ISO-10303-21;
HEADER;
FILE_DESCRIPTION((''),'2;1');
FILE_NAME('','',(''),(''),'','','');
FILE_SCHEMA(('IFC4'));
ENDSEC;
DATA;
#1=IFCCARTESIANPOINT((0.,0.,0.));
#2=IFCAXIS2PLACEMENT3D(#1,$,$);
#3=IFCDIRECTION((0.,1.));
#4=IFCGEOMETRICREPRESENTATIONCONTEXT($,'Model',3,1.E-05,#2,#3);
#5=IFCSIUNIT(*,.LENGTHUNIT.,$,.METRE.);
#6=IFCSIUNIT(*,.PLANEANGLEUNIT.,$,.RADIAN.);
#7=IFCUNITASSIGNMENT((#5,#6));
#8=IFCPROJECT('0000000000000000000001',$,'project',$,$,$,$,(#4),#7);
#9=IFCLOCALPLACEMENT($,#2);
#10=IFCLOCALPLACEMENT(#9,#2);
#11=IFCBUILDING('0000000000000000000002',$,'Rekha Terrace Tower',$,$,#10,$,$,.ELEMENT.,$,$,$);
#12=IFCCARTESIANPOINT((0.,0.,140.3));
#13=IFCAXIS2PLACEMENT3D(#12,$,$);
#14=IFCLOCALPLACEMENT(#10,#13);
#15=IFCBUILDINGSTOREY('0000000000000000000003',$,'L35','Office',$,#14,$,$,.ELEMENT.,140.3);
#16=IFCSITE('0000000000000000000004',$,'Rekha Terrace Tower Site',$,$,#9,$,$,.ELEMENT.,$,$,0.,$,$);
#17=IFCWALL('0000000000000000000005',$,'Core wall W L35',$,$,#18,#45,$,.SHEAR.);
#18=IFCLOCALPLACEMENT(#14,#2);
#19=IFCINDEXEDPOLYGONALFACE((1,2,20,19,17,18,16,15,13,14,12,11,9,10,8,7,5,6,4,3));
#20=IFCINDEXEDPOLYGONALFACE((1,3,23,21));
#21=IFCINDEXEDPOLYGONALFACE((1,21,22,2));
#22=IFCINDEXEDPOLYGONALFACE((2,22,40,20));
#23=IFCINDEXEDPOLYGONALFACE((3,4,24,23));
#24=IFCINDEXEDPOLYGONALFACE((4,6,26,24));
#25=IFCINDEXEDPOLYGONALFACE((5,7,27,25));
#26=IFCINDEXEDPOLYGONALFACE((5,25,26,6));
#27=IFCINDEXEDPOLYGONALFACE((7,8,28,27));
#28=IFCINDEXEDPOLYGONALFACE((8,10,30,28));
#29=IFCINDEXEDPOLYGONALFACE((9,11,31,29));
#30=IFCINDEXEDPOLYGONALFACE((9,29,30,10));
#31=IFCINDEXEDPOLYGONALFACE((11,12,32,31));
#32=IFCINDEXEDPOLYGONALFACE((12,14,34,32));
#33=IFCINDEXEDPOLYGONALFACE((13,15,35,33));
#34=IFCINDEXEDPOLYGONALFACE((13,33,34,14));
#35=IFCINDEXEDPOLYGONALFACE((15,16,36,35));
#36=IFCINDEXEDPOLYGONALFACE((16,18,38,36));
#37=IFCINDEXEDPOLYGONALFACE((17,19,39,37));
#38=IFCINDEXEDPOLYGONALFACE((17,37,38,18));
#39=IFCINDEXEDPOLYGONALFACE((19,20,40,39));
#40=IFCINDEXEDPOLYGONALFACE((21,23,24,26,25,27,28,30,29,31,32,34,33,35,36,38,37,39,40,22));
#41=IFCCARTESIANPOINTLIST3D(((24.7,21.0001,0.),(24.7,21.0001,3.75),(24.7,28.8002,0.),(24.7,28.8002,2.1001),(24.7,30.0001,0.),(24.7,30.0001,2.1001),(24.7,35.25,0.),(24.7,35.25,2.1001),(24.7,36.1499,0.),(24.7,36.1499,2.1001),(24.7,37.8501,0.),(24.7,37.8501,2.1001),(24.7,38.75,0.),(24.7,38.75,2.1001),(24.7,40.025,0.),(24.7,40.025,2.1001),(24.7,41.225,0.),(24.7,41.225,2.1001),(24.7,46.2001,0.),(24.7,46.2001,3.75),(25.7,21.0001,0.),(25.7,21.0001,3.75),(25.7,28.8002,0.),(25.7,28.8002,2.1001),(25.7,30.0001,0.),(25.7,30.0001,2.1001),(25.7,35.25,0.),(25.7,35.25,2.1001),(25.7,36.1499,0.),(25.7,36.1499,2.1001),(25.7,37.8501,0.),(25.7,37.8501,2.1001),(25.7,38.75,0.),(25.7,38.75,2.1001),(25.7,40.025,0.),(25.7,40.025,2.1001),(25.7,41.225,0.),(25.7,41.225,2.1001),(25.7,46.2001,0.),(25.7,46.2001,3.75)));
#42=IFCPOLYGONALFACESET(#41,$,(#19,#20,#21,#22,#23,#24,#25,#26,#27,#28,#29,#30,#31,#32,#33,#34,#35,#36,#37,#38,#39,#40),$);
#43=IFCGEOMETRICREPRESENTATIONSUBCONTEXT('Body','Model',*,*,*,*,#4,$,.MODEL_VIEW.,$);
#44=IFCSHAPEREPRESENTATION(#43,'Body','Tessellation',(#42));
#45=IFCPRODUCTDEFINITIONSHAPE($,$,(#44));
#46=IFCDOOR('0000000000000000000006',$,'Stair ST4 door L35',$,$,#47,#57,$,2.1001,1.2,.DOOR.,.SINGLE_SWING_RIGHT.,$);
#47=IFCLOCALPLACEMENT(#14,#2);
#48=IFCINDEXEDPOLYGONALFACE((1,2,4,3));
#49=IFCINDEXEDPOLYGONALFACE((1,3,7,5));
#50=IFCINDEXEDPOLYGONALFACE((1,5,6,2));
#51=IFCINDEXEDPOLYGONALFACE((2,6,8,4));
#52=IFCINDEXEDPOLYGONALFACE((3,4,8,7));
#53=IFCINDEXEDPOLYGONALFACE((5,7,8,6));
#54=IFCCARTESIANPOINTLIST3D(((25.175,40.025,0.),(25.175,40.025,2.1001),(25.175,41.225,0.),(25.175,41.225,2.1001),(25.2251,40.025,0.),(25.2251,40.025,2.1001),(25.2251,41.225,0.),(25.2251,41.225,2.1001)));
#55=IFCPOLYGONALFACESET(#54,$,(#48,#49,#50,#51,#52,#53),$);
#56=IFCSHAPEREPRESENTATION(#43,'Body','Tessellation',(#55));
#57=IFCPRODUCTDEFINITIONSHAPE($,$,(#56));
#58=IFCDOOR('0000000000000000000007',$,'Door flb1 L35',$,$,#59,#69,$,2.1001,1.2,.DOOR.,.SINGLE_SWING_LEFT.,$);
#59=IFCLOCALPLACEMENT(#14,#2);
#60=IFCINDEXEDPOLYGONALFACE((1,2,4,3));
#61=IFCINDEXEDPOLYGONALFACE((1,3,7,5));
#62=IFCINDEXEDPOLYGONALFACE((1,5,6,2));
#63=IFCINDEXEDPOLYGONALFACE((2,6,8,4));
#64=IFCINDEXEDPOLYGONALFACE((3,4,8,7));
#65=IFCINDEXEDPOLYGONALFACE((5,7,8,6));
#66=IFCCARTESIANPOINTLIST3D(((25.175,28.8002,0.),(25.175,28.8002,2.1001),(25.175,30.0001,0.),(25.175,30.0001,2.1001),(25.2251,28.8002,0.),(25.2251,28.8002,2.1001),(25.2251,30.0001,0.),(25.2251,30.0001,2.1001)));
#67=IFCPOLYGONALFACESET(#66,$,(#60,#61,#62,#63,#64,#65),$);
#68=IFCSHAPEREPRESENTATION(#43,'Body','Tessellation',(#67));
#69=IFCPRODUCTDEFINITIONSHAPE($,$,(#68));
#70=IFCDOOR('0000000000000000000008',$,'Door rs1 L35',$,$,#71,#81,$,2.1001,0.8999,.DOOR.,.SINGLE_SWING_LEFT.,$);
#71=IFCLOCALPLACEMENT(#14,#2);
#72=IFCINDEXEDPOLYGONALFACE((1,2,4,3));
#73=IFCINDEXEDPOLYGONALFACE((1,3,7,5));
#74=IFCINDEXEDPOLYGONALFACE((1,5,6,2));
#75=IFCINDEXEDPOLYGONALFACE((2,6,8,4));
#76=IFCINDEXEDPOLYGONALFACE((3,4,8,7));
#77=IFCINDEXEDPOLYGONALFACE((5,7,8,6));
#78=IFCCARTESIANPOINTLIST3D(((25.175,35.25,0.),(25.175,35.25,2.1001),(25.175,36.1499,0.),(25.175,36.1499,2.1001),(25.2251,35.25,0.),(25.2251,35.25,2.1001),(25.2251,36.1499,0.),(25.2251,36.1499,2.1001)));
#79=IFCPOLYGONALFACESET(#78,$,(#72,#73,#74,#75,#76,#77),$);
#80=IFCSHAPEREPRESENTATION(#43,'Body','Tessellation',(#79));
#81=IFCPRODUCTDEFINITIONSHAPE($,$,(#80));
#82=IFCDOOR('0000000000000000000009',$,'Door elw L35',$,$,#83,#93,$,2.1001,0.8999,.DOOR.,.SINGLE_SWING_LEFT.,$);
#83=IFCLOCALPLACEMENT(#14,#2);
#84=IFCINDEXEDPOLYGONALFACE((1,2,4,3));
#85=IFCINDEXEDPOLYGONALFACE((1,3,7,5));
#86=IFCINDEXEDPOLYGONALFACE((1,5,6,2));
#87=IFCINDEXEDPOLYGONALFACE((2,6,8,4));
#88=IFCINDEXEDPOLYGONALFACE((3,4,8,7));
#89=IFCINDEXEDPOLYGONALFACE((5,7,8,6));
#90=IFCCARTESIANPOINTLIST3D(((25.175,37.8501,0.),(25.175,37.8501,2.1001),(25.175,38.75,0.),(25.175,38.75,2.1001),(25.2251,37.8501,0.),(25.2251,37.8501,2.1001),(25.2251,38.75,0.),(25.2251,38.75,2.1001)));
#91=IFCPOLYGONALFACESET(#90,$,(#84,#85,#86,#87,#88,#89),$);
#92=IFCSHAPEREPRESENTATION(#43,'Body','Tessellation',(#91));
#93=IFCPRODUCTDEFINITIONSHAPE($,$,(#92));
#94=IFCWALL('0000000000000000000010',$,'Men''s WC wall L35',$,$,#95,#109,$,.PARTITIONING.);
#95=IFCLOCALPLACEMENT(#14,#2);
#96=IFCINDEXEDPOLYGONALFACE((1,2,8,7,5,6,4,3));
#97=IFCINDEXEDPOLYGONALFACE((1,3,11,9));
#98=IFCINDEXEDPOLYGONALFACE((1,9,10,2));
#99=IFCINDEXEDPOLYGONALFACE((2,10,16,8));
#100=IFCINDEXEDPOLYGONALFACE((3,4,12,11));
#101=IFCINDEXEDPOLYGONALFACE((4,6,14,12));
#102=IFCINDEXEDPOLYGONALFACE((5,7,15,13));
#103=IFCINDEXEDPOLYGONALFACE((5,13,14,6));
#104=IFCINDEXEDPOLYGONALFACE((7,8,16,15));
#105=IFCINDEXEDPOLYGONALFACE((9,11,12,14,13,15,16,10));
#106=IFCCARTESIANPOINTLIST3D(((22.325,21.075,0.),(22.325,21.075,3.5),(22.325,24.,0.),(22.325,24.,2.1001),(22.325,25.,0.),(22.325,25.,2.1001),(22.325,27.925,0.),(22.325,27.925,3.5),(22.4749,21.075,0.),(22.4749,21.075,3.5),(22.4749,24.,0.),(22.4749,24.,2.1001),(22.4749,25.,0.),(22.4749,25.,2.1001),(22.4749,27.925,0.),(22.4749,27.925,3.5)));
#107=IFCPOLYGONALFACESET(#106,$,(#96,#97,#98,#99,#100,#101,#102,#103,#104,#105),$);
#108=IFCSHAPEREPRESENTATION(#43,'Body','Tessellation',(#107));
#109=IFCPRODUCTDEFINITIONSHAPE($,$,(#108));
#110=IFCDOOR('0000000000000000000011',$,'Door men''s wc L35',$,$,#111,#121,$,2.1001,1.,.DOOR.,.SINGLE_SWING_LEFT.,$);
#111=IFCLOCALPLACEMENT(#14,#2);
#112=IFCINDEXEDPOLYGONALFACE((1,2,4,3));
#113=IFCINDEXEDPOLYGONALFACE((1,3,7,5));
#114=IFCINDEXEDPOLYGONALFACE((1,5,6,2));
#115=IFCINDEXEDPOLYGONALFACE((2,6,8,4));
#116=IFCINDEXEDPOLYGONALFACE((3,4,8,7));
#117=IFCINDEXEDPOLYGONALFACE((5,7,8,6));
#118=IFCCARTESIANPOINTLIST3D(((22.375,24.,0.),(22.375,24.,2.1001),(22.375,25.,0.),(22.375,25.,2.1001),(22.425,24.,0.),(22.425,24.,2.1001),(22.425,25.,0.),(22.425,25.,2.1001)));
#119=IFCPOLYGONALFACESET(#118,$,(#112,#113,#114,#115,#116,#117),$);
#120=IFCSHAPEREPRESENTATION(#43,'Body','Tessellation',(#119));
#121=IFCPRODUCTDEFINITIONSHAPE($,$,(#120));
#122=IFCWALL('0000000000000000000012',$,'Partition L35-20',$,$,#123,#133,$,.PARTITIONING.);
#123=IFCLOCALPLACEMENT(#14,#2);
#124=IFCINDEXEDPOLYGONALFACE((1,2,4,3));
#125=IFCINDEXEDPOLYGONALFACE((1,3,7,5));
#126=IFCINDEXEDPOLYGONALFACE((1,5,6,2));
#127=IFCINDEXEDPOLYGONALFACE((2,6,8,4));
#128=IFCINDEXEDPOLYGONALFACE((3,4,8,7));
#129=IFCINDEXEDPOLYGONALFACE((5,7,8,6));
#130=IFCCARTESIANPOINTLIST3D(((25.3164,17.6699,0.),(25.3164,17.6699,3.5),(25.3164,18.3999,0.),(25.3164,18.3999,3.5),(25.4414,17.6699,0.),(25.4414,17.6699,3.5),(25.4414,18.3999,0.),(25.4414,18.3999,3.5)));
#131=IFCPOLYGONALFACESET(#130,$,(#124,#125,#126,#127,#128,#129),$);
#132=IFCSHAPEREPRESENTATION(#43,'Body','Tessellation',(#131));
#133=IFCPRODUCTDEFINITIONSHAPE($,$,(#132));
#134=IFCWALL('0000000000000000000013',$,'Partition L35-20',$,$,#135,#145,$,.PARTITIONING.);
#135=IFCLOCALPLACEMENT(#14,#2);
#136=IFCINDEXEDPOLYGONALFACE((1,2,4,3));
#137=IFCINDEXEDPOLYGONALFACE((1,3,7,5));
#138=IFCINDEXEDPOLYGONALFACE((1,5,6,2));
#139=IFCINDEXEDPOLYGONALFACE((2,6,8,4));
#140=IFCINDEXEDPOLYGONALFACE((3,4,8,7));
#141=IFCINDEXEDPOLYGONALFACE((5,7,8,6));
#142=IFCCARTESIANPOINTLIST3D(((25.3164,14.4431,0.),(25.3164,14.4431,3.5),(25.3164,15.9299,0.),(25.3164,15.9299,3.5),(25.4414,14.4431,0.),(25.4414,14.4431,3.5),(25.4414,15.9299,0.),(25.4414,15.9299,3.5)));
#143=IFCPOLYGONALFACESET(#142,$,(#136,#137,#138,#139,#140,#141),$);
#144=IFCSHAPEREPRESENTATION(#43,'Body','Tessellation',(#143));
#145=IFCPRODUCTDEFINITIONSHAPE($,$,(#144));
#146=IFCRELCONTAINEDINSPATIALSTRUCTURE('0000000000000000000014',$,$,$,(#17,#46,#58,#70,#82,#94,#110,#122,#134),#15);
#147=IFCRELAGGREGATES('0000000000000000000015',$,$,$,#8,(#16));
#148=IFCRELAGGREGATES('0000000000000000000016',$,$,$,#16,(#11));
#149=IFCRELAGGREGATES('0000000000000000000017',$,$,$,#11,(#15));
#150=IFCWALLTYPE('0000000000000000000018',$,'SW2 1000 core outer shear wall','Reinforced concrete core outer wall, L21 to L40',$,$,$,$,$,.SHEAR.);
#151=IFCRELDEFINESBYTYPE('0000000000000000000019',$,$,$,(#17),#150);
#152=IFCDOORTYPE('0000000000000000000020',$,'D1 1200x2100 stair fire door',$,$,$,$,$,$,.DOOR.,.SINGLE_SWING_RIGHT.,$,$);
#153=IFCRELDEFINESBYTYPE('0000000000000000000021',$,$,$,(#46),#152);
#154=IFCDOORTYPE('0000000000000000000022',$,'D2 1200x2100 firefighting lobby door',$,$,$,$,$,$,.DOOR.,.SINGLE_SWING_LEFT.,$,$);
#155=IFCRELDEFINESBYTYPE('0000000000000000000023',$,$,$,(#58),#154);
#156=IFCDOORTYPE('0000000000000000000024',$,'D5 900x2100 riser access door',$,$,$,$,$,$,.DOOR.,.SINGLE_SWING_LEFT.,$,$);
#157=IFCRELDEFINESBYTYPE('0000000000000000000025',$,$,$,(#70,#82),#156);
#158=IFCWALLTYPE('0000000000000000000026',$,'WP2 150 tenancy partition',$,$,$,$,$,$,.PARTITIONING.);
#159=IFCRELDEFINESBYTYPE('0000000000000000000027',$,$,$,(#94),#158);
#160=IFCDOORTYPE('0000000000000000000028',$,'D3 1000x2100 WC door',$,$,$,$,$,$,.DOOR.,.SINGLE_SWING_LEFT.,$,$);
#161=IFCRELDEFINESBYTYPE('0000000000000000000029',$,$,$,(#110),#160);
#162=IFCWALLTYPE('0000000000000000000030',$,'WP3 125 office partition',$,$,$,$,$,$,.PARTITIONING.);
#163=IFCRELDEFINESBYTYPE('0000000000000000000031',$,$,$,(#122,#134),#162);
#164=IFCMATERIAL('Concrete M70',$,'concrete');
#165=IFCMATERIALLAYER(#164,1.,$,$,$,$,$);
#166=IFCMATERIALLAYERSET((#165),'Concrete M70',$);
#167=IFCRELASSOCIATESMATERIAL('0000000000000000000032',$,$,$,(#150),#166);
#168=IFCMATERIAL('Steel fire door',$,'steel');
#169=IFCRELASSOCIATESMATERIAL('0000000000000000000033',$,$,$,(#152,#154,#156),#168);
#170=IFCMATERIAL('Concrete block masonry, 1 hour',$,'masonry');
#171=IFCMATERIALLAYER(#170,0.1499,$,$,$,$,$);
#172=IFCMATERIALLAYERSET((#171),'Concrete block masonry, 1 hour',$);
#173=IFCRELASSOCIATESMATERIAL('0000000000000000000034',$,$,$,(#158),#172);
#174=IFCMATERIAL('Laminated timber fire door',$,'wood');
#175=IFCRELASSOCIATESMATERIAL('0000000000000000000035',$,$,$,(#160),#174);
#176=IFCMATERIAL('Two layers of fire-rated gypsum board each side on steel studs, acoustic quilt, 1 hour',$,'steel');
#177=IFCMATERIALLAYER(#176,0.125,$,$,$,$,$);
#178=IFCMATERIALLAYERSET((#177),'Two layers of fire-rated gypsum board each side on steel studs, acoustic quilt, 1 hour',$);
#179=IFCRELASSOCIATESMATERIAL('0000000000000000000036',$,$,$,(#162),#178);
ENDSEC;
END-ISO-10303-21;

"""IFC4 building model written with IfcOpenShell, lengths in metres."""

from ifc_helpers import new_model, si_unit, direction, frame, frame_2d, origin, place, context, subcontext, project, spatial, rectangle, extrude, material, layer, layer_set, type_object, element, fill, save


model = new_model("IFC4")

# Units and contexts
model_context = context("Model", 3, precision=1e-05, world=origin(), true_north=direction((0.0, 1.0)))
body_context = subcontext(model_context, "Body", "Model", "MODEL_VIEW")
ifc_project = project(units=[si_unit("LENGTHUNIT", "METRE"), si_unit("PLANEANGLEUNIT", "RADIAN")], contexts=[model_context])

# Site, building, storey
site_placement = place(None, origin())
site = spatial("IfcSite", under=ifc_project, at=site_placement, Name="Rekha Terrace Tower Site", CompositionType="ELEMENT", RefElevation=0.0)
building_placement = place(site_placement, origin())
building = spatial("IfcBuilding", under=site, at=building_placement, Name="Rekha Terrace Tower", CompositionType="ELEMENT")
storey_placement = place(building_placement, frame((0.0, 0.0, 140.3)))
storey = spatial("IfcBuildingStorey", under=building, at=storey_placement, Name="L35", Description="Office", CompositionType="ELEMENT", Elevation=140.3)

# Shared definitions
ifc_material_1 = material(Name="Concrete M70", Category="concrete")

# Shared definitions
ifc_layer_1 = layer(ifc_material_1, 1.0)
ifc_layer_set_1 = layer_set([ifc_layer_1], Name="Concrete M70")
wall_type_1 = type_object("IfcWallType", Name="SW2 1000 core outer shear wall", Description="Reinforced concrete core outer wall, L21 to L40", PredefinedType="SHEAR", material=ifc_layer_set_1)

# Wall, openings, doors
wall_1_placement = place(storey_placement, frame((25.2, 21.0, 0.0), z_axis=(0.0, 0.0, 1.0), x_axis=(0.0, 1.0, 0.0)))
wall_1 = element("IfcWall", 1, at=wall_1_placement, inside=storey, type_object=wall_type_1, Name="Core wall W L35", PredefinedType="SHEAR", context=body_context, shape_type="SweptSolid", body=[
    extrude(rectangle(XDim=25.2, YDim=1.0, at=frame_2d((12.6001, 0.0))), origin(), (0.0, 0.0, 1.0), 3.75),
])
opening_1_placement = place(wall_1_placement, frame((7.8, 0.0, 0.0)))
opening_1 = element("IfcOpeningElement", 2, at=opening_1_placement, cuts=wall_1, PredefinedType="OPENING", context=body_context, shape_type="SweptSolid", body=[
    extrude(rectangle(XDim=1.2, YDim=2.1001, at=frame_2d((0.6001, 1.05))), frame((0.0, 0.51, 0.0), z_axis=(0.0, -1.0, 0.0), x_axis=(1.0, 0.0, 0.0)), (0.0, 0.0, 1.0), 1.02),
])
opening_2_placement = place(wall_1_placement, frame((14.25, 0.0, 0.0)))
opening_2 = element("IfcOpeningElement", 3, at=opening_2_placement, cuts=wall_1, PredefinedType="OPENING", context=body_context, shape_type="SweptSolid", body=[
    extrude(rectangle(XDim=0.8999, YDim=2.1001, at=frame_2d((0.45, 1.05))), frame((0.0, 0.51, 0.0), z_axis=(0.0, -1.0, 0.0), x_axis=(1.0, 0.0, 0.0)), (0.0, 0.0, 1.0), 1.02),
])
opening_3_placement = place(wall_1_placement, frame((16.8501, 0.0, 0.0)))
opening_3 = element("IfcOpeningElement", 4, at=opening_3_placement, cuts=wall_1, PredefinedType="OPENING", context=body_context, shape_type="SweptSolid", body=[
    extrude(rectangle(XDim=0.8999, YDim=2.1001, at=frame_2d((0.45, 1.05))), frame((0.0, 0.51, 0.0), z_axis=(0.0, -1.0, 0.0), x_axis=(1.0, 0.0, 0.0)), (0.0, 0.0, 1.0), 1.02),
])
opening_4_placement = place(wall_1_placement, frame((19.0249, 0.0, 0.0)))
opening_4 = element("IfcOpeningElement", 5, at=opening_4_placement, cuts=wall_1, PredefinedType="OPENING", context=body_context, shape_type="SweptSolid", body=[
    extrude(rectangle(XDim=1.2, YDim=2.1001, at=frame_2d((0.6001, 1.05))), frame((0.0, 0.51, 0.0), z_axis=(0.0, -1.0, 0.0), x_axis=(1.0, 0.0, 0.0)), (0.0, 0.0, 1.0), 1.02),
])
ifc_material_2 = material(Name="Steel fire door", Category="steel")
door_type_1 = type_object("IfcDoorType", Name="D1 1200x2100 stair fire door", OperationType="SINGLE_SWING_RIGHT", PredefinedType="DOOR", material=ifc_material_2)
door_1_placement = place(opening_4_placement, origin())
door_1 = element("IfcDoor", 6, at=door_1_placement, inside=storey, type_object=door_type_1, Name="Stair ST4 door L35", OperationType="SINGLE_SWING_RIGHT", OverallHeight=2.1001, OverallWidth=1.2, PredefinedType="DOOR", context=body_context, shape_type="SweptSolid", body=[
    extrude(rectangle(XDim=1.2, YDim=2.1001, at=frame_2d((0.6001, 1.05))), frame((0.0, 0.0249, 0.0), z_axis=(0.0, -1.0, 0.0), x_axis=(1.0, 0.0, 0.0)), (0.0, 0.0, 1.0), 0.05),
])
fill(opening_4, door_1)
door_type_2 = type_object("IfcDoorType", Name="D2 1200x2100 firefighting lobby door", OperationType="SINGLE_SWING_LEFT", PredefinedType="DOOR", material=ifc_material_2)
door_2_placement = place(opening_1_placement, origin())
door_2 = element("IfcDoor", 7, at=door_2_placement, inside=storey, type_object=door_type_2, Name="Door flb1 L35", OperationType="SINGLE_SWING_LEFT", OverallHeight=2.1001, OverallWidth=1.2, PredefinedType="DOOR", context=body_context, shape_type="SweptSolid", body=[
    extrude(rectangle(XDim=1.2, YDim=2.1001, at=frame_2d((0.6001, 1.05))), frame((0.0, 0.0249, 0.0), z_axis=(0.0, -1.0, 0.0), x_axis=(1.0, 0.0, 0.0)), (0.0, 0.0, 1.0), 0.05),
])
fill(opening_1, door_2)
door_type_3 = type_object("IfcDoorType", Name="D5 900x2100 riser access door", OperationType="SINGLE_SWING_LEFT", PredefinedType="DOOR", material=ifc_material_2)
door_3_placement = place(opening_2_placement, origin())
door_3 = element("IfcDoor", 8, at=door_3_placement, inside=storey, type_object=door_type_3, Name="Door rs1 L35", OperationType="SINGLE_SWING_LEFT", OverallHeight=2.1001, OverallWidth=0.8999, PredefinedType="DOOR", context=body_context, shape_type="SweptSolid", body=[
    extrude(rectangle(XDim=0.8999, YDim=2.1001, at=frame_2d((0.45, 1.05))), frame((0.0, 0.0249, 0.0), z_axis=(0.0, -1.0, 0.0), x_axis=(1.0, 0.0, 0.0)), (0.0, 0.0, 1.0), 0.05),
])
fill(opening_2, door_3)
door_4_placement = place(opening_3_placement, origin())
door_4 = element("IfcDoor", 9, at=door_4_placement, inside=storey, type_object=door_type_3, Name="Door elw L35", OperationType="SINGLE_SWING_LEFT", OverallHeight=2.1001, OverallWidth=0.8999, PredefinedType="DOOR", context=body_context, shape_type="SweptSolid", body=[
    extrude(rectangle(XDim=0.8999, YDim=2.1001, at=frame_2d((0.45, 1.05))), frame((0.0, 0.0249, 0.0), z_axis=(0.0, -1.0, 0.0), x_axis=(1.0, 0.0, 0.0)), (0.0, 0.0, 1.0), 0.05),
])
fill(opening_3, door_4)

# Wall, opening, door
ifc_material_3 = material(Name="Concrete block masonry, 1 hour", Category="masonry")
ifc_layer_2 = layer(ifc_material_3, 0.1499)
ifc_layer_set_2 = layer_set([ifc_layer_2], Name="Concrete block masonry, 1 hour")
wall_type_2 = type_object("IfcWallType", Name="WP2 150 tenancy partition", PredefinedType="PARTITIONING", material=ifc_layer_set_2)
wall_2_placement = place(storey_placement, frame((22.3999, 21.075, 0.0), z_axis=(0.0, 0.0, 1.0), x_axis=(0.0, 1.0, 0.0)))
wall_2 = element("IfcWall", 10, at=wall_2_placement, inside=storey, type_object=wall_type_2, Name="Men's WC wall L35", PredefinedType="PARTITIONING", context=body_context, shape_type="SweptSolid", body=[
    extrude(rectangle(XDim=6.8501, YDim=0.1499, at=frame_2d((3.425, 0.0))), origin(), (0.0, 0.0, 1.0), 3.5),
])
opening_5_placement = place(wall_2_placement, frame((2.925, 0.0, 0.0)))
opening_5 = element("IfcOpeningElement", 11, at=opening_5_placement, cuts=wall_2, PredefinedType="OPENING", context=body_context, shape_type="SweptSolid", body=[
    extrude(rectangle(XDim=1.0, YDim=2.1001, at=frame_2d((0.5, 1.05))), frame((0.0, 0.085, 0.0), z_axis=(0.0, -1.0, 0.0), x_axis=(1.0, 0.0, 0.0)), (0.0, 0.0, 1.0), 0.1699),
])
ifc_material_4 = material(Name="Laminated timber fire door", Category="wood")
door_type_4 = type_object("IfcDoorType", Name="D3 1000x2100 WC door", OperationType="SINGLE_SWING_LEFT", PredefinedType="DOOR", material=ifc_material_4)
door_5_placement = place(opening_5_placement, origin())
door_5 = element("IfcDoor", 12, at=door_5_placement, inside=storey, type_object=door_type_4, Name="Door men's wc L35", OperationType="SINGLE_SWING_LEFT", OverallHeight=2.1001, OverallWidth=1.0, PredefinedType="DOOR", context=body_context, shape_type="SweptSolid", body=[
    extrude(rectangle(XDim=1.0, YDim=2.1001, at=frame_2d((0.5, 1.05))), frame((0.0, 0.0249, 0.0), z_axis=(0.0, -1.0, 0.0), x_axis=(1.0, 0.0, 0.0)), (0.0, 0.0, 1.0), 0.05),
])
fill(opening_5, door_5)

# Walls
ifc_material_5 = material(Name="Two layers of fire-rated gypsum board each side on steel studs, acoustic quilt, 1 hour", Category="steel")
ifc_layer_3 = layer(ifc_material_5, 0.125)
ifc_layer_set_3 = layer_set([ifc_layer_3], Name="Two layers of fire-rated gypsum board each side on steel studs, acoustic quilt, 1 hour")
wall_type_3 = type_object("IfcWallType", Name="WP3 125 office partition", PredefinedType="PARTITIONING", material=ifc_layer_set_3)
wall_3_placement = place(storey_placement, frame((25.3789, 18.3999, 0.0), z_axis=(0.0, 0.0, 1.0), x_axis=(0.0, -1.0, 0.0)))
element("IfcWall", 13, at=wall_3_placement, inside=storey, type_object=wall_type_3, Name="Partition L35-20", PredefinedType="PARTITIONING", context=body_context, shape_type="SweptSolid", body=[
    extrude(rectangle(XDim=0.73, YDim=0.125, at=frame_2d((0.365, 0.0))), origin(), (0.0, 0.0, 1.0), 3.5),
])
wall_4_placement = place(storey_placement, frame((25.3789, 15.9299, 0.0), z_axis=(0.0, 0.0, 1.0), x_axis=(0.0, -1.0, 0.0)))
element("IfcWall", 14, at=wall_4_placement, inside=storey, type_object=wall_type_3, Name="Partition L35-20", PredefinedType="PARTITIONING", context=body_context, shape_type="SweptSolid", body=[
    extrude(rectangle(XDim=1.4868, YDim=0.125, at=frame_2d((0.7434, 0.0))), origin(), (0.0, 0.0, 1.0), 3.5),
])

save(model, "model.ifc")
